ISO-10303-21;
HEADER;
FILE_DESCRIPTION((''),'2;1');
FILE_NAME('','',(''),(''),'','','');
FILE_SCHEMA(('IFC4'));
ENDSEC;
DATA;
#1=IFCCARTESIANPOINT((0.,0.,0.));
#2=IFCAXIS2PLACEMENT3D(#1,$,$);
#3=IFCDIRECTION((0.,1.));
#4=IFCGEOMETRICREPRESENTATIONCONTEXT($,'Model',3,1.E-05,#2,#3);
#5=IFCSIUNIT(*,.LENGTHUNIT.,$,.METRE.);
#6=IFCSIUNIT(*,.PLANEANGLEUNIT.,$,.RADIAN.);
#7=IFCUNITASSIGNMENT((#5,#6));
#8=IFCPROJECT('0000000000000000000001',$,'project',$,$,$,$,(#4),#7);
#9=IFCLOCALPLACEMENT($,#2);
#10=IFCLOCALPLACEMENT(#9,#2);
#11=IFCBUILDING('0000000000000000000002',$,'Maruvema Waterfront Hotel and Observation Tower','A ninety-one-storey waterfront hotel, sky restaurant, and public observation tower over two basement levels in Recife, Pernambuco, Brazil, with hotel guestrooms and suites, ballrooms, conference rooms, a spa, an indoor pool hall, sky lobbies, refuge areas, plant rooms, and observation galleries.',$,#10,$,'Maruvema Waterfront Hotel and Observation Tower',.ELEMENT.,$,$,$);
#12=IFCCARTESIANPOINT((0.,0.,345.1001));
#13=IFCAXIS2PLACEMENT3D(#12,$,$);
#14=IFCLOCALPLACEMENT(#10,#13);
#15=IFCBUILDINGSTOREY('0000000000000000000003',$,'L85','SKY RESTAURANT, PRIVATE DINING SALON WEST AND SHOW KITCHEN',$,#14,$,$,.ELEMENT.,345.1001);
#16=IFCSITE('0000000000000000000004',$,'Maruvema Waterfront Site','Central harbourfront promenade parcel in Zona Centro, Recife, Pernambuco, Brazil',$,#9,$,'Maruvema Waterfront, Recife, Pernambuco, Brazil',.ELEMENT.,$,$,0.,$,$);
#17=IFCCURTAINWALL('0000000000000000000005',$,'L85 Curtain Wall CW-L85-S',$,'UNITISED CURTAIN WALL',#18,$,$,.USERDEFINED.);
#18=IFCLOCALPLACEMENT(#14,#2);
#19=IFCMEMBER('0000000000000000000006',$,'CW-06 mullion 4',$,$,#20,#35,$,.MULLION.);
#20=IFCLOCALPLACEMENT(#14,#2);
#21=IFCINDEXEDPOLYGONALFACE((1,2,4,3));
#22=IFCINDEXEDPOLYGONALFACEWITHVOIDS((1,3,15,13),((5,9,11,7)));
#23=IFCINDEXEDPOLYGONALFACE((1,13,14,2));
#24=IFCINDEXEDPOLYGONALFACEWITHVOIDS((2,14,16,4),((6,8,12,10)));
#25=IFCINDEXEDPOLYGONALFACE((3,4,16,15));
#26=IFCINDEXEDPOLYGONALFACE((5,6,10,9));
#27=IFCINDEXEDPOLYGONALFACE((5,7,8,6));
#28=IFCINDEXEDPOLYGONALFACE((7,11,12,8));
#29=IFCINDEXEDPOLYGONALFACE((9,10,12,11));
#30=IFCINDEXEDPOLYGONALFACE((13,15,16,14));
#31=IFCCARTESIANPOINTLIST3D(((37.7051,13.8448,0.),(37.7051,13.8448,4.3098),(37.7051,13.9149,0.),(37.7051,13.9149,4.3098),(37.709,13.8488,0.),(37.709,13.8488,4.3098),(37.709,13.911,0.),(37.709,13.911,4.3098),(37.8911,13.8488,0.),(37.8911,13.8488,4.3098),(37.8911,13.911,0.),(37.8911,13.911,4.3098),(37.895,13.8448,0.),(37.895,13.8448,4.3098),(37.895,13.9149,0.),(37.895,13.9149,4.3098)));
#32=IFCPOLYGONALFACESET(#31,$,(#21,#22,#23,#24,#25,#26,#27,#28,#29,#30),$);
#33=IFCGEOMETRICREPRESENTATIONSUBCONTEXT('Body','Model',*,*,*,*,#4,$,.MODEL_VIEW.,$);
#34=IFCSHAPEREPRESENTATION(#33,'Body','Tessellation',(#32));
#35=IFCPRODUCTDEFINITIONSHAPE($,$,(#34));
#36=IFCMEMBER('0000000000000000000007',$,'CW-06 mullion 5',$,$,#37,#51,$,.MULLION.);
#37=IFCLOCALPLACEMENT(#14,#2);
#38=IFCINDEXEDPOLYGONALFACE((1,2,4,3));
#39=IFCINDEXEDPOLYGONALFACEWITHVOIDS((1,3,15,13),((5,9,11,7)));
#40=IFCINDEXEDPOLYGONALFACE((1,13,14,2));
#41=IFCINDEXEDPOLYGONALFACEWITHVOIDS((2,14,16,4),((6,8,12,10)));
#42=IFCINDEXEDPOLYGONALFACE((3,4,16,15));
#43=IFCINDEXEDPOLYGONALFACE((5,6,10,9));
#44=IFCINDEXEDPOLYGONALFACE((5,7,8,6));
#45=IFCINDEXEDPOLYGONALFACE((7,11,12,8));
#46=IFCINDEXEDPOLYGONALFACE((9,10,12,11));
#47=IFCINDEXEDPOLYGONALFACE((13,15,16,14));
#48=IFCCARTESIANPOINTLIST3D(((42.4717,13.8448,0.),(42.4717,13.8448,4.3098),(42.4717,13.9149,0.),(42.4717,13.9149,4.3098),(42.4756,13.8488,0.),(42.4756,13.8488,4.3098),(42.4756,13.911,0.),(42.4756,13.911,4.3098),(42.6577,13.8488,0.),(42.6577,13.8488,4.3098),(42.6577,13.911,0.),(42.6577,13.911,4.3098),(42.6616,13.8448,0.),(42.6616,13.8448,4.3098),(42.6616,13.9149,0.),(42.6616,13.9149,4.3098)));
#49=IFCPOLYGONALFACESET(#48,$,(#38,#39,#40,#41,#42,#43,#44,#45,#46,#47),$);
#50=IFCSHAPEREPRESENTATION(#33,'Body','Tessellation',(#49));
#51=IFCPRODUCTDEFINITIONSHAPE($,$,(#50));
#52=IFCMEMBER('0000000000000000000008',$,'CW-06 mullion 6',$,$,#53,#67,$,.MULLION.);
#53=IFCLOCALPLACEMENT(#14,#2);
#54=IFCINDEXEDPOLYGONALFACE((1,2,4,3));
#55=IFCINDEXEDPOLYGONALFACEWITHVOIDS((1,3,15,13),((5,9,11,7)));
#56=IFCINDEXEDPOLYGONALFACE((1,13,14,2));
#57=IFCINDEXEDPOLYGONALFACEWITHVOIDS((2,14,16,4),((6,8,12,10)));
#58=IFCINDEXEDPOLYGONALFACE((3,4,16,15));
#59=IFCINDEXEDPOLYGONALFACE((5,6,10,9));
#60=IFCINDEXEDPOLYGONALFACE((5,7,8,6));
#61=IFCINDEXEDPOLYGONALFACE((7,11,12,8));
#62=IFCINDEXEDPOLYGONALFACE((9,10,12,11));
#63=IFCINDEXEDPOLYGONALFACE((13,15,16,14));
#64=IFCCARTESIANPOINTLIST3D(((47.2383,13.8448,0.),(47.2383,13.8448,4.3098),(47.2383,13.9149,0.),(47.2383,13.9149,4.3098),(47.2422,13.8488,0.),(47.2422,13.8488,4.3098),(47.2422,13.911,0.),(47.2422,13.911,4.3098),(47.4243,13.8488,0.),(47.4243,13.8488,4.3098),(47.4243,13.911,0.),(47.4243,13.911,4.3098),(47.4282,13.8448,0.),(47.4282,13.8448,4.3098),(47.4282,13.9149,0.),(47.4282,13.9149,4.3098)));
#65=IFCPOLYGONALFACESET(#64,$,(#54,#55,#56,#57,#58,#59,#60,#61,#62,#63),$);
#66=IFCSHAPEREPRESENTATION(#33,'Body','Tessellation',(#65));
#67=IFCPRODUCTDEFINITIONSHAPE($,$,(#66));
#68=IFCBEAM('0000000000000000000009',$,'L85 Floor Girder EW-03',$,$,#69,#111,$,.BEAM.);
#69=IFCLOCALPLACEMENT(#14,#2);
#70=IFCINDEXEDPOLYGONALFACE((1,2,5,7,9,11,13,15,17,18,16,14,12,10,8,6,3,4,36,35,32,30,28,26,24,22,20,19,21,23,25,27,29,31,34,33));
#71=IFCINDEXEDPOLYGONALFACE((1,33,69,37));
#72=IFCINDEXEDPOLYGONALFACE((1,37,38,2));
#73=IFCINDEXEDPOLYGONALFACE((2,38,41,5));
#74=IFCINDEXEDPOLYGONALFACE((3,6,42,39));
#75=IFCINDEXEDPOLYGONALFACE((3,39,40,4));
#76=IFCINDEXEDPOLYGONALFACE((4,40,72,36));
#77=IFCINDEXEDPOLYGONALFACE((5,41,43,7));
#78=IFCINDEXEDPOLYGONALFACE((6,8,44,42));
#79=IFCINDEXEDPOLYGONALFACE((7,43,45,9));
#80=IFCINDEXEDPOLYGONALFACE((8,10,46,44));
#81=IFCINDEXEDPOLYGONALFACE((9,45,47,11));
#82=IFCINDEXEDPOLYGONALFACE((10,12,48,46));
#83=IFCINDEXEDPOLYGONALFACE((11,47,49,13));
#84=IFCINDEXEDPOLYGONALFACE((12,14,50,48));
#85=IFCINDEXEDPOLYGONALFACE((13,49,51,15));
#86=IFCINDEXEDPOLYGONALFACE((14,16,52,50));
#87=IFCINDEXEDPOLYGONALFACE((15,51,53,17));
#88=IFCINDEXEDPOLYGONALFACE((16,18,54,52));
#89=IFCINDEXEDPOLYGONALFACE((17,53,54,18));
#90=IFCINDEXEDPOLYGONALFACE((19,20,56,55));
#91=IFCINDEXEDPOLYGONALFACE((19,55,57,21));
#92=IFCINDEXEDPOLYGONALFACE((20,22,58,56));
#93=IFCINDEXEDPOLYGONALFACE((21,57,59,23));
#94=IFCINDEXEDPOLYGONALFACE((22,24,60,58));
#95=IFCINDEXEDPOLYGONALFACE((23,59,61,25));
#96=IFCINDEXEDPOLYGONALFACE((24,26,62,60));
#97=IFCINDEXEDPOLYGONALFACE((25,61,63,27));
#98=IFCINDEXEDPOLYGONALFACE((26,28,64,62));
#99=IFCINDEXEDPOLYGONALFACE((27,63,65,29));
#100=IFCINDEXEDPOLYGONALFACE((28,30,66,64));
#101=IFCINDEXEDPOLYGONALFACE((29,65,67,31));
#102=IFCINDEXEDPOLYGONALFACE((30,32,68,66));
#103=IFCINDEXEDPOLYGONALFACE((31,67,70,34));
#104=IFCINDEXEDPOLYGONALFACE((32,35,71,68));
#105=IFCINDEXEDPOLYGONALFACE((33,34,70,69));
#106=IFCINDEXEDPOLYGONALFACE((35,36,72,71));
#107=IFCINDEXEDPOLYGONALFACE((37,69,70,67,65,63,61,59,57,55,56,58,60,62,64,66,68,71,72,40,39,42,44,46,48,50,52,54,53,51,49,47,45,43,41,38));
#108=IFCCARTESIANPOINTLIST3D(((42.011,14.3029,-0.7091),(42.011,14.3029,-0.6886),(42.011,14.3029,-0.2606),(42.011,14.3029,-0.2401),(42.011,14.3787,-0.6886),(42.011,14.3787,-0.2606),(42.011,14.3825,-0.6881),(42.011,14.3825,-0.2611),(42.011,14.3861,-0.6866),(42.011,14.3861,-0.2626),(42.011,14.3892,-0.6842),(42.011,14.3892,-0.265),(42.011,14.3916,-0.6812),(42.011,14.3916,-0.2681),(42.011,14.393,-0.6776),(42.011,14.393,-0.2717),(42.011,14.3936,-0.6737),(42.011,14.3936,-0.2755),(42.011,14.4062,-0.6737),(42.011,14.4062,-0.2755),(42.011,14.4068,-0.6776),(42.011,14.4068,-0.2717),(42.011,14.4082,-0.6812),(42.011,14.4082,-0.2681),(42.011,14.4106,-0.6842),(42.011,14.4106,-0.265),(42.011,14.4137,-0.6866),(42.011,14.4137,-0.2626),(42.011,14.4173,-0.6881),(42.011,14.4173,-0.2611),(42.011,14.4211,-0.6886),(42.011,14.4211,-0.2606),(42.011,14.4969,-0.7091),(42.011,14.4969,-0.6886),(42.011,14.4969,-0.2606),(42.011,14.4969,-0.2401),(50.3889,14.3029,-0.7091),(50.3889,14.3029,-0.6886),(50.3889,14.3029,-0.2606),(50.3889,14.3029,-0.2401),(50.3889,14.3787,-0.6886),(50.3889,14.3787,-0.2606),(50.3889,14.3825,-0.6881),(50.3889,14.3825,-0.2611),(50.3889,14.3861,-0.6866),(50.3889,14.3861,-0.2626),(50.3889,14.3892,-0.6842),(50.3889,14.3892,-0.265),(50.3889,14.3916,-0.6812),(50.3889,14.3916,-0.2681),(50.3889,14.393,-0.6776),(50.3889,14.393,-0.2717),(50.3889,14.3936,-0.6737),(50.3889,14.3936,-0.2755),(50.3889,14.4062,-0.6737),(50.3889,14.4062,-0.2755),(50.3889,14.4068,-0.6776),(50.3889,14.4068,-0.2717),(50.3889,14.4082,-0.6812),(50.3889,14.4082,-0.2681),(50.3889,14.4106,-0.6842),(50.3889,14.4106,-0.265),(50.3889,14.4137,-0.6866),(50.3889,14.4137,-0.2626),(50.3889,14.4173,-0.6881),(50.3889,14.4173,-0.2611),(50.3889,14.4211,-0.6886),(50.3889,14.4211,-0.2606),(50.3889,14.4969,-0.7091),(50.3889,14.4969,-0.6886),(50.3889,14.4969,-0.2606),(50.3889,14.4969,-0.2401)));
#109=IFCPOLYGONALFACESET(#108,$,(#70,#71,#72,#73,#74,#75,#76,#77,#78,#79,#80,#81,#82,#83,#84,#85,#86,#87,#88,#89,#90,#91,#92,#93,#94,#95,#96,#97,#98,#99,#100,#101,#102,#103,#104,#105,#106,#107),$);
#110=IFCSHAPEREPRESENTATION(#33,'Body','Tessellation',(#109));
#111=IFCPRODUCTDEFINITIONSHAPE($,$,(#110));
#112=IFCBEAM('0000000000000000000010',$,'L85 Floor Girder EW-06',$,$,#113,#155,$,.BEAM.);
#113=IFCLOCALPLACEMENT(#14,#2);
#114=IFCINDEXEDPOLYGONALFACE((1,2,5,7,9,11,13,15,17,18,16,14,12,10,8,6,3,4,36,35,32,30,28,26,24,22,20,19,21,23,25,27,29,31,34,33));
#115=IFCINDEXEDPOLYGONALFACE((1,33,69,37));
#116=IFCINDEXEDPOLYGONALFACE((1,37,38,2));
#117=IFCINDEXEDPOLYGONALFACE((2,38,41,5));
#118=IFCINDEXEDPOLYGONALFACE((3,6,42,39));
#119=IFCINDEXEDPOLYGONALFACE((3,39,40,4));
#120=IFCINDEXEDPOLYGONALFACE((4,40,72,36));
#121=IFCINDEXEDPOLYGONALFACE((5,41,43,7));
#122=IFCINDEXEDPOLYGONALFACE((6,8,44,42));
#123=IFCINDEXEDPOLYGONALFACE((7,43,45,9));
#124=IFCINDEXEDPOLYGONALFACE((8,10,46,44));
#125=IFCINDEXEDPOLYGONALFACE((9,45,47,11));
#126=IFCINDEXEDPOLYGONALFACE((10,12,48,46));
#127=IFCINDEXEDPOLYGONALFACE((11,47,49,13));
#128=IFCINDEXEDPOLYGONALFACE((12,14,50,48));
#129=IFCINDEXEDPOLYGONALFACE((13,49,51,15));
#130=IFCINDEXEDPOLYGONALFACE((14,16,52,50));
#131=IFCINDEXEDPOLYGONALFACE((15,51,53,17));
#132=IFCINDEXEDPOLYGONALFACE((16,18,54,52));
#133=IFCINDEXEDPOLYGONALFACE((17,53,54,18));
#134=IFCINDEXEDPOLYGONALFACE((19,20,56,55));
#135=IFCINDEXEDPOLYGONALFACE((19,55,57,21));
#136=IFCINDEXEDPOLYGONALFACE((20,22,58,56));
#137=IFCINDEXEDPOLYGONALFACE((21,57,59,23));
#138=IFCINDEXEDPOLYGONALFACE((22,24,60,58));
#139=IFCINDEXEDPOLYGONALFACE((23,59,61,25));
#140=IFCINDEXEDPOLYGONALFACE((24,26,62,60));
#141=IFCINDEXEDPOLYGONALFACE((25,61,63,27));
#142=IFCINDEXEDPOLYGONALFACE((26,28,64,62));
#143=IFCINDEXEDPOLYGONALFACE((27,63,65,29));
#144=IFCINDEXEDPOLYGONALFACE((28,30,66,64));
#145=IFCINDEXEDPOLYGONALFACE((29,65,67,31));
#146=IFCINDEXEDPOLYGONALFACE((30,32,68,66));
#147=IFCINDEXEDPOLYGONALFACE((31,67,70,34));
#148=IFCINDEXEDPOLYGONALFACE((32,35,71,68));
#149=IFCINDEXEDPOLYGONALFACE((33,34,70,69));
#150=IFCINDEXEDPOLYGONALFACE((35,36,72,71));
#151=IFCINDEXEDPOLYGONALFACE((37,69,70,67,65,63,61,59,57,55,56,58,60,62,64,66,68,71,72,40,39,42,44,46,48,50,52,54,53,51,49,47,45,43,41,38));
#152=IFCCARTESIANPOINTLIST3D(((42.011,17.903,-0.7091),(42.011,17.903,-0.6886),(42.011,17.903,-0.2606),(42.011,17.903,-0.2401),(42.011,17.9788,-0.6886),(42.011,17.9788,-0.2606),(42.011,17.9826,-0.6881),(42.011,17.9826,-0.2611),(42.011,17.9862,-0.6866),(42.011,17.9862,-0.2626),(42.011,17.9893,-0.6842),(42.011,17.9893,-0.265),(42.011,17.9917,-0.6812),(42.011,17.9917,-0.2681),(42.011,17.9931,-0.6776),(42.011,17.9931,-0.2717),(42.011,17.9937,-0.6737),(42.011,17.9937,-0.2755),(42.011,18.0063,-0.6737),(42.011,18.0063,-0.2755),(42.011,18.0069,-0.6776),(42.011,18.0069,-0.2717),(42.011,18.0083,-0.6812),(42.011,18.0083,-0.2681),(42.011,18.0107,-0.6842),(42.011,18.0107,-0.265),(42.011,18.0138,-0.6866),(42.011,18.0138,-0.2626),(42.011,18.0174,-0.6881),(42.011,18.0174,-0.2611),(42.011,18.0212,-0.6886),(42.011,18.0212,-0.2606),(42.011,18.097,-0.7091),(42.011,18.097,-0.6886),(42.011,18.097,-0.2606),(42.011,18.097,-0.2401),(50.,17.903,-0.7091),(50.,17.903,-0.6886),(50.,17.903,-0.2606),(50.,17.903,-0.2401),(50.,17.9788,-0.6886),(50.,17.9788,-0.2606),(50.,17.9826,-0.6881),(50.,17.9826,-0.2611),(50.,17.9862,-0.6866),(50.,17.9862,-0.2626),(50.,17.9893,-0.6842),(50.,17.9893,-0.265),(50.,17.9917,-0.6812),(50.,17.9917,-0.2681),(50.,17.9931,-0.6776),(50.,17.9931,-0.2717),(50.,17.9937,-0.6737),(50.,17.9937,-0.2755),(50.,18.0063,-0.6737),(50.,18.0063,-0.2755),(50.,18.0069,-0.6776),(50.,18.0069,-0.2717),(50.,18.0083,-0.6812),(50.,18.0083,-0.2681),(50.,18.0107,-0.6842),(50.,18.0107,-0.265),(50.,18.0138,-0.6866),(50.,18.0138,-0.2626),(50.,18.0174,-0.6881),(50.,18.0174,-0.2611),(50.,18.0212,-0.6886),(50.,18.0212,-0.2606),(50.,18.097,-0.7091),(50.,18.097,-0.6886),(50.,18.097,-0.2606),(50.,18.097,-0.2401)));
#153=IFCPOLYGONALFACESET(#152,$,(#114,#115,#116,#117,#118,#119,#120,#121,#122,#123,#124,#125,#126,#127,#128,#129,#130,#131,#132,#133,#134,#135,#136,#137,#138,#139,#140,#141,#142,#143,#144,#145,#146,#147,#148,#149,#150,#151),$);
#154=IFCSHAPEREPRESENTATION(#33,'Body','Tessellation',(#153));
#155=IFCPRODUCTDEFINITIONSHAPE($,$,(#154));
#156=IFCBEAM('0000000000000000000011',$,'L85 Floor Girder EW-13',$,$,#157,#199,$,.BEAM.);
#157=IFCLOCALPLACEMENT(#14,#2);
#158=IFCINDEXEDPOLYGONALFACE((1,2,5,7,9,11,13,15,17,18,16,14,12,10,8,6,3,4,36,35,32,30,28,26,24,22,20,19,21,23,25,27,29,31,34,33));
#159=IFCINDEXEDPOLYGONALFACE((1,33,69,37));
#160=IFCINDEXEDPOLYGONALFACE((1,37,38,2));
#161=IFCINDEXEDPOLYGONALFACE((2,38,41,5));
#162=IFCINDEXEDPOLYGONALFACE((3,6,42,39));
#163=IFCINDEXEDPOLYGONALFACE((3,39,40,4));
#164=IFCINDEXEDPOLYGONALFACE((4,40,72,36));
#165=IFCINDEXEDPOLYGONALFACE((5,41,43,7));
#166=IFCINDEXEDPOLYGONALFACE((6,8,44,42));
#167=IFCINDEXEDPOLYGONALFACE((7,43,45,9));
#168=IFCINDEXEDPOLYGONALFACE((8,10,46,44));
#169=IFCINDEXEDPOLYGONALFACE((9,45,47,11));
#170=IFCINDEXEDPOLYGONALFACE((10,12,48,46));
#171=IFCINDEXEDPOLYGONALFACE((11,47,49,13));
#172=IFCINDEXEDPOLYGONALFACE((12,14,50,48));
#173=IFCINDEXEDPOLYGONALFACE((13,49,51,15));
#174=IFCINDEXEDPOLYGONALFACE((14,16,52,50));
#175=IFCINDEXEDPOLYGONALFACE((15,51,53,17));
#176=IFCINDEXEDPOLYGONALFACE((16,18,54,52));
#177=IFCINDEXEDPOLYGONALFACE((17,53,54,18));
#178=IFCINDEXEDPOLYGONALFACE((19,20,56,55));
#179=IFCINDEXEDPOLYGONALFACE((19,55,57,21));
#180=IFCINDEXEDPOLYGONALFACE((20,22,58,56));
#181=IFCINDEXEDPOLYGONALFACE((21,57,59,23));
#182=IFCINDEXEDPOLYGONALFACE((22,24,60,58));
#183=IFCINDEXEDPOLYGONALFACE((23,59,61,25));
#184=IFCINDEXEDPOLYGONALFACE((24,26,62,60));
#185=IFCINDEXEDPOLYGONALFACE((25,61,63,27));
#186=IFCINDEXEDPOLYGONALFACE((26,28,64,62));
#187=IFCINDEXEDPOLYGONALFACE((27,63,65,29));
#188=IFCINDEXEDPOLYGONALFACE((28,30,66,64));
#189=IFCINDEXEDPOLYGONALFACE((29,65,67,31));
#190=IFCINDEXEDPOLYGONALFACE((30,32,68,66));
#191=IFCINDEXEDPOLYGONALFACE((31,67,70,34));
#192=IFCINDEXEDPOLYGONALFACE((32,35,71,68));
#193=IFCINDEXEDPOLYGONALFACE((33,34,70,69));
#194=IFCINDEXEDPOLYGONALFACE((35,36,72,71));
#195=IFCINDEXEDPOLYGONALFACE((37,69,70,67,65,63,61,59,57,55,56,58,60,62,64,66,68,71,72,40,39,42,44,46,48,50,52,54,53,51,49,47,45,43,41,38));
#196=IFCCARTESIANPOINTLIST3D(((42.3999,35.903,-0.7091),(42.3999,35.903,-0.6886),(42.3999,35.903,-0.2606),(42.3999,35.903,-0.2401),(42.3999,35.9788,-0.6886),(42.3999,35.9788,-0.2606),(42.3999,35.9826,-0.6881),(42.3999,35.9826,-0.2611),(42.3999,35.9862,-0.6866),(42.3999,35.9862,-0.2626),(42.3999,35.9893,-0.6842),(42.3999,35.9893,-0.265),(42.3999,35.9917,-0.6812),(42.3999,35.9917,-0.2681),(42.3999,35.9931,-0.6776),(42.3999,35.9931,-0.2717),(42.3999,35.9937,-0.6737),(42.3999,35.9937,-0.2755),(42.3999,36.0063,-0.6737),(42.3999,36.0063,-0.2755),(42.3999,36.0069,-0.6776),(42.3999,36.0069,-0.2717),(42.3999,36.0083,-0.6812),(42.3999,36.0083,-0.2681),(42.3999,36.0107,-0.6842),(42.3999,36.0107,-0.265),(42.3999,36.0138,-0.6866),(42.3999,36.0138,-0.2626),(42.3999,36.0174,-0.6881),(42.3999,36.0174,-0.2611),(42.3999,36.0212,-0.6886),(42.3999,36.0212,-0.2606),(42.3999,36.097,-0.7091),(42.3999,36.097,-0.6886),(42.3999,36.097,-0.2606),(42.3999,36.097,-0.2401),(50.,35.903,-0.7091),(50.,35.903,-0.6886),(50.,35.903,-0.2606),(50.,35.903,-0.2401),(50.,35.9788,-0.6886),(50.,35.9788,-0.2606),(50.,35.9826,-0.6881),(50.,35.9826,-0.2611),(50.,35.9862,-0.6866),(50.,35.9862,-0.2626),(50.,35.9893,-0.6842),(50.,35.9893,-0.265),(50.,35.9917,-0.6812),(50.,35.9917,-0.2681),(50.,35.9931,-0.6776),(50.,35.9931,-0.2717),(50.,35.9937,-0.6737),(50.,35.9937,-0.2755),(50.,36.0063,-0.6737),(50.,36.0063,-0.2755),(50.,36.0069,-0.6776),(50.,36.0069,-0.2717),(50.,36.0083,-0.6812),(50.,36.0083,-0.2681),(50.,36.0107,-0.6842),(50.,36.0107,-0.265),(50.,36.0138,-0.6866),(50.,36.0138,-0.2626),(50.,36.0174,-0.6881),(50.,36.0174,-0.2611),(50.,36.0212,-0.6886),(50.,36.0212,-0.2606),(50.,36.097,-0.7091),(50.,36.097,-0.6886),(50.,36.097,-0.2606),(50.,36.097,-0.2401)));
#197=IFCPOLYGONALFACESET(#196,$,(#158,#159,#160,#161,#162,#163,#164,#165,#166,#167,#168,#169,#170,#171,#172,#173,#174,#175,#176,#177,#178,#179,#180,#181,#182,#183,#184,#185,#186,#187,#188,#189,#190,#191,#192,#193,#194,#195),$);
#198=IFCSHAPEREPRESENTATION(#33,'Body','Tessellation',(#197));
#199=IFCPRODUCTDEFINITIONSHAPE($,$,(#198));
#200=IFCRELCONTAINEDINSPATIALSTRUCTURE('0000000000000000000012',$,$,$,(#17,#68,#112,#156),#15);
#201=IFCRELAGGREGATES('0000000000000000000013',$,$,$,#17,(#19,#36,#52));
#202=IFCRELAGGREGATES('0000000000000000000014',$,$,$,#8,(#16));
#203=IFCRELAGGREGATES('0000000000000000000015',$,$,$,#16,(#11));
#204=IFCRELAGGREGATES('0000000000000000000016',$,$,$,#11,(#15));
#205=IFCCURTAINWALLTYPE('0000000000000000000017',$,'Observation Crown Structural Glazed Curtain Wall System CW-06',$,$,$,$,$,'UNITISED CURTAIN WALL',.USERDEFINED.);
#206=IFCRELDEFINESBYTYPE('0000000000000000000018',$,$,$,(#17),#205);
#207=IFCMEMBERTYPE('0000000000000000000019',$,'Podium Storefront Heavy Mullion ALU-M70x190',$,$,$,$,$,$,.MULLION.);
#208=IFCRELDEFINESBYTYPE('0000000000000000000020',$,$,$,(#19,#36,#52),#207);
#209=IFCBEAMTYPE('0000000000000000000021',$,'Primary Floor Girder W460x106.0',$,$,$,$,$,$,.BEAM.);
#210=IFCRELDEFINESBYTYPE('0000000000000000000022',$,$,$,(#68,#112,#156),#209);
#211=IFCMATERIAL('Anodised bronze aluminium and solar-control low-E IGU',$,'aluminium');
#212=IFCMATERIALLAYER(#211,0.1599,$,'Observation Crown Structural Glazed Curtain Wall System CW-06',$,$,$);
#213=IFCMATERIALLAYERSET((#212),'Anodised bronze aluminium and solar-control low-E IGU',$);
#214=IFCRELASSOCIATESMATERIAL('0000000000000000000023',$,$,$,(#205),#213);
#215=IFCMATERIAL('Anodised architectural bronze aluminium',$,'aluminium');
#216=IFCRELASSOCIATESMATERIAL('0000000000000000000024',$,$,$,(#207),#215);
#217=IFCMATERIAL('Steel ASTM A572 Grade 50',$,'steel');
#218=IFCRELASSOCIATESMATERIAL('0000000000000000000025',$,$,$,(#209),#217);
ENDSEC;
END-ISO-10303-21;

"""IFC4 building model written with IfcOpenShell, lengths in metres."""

from ifc_helpers import new_model, si_unit, direction, frame, origin, origin_2d, place, context, subcontext, project, spatial, hollow_rectangle, i_section, extrude, material, layer, layer_set, material_profile, profile_set, type_object, element, aggregate, save


model = new_model("IFC4")

# Units and contexts
model_context = context("Model", 3, precision=1e-05, world=origin(), true_north=direction((0.0, 1.0)))
body_context = subcontext(model_context, "Body", "Model", "MODEL_VIEW")
ifc_project = project(units=[si_unit("LENGTHUNIT", "METRE"), si_unit("PLANEANGLEUNIT", "RADIAN")], contexts=[model_context])

# Site, building, storey
site_placement = place(None, origin())
site = spatial("IfcSite", under=ifc_project, at=site_placement, Name="Maruvema Waterfront Site", Description="Central harbourfront promenade parcel in Zona Centro, Recife, Pernambuco, Brazil", LongName="Maruvema Waterfront, Recife, Pernambuco, Brazil", CompositionType="ELEMENT", RefElevation=0.0)
building_placement = place(site_placement, origin())
building = spatial("IfcBuilding", under=site, at=building_placement, Name="Maruvema Waterfront Hotel and Observation Tower", Description="A ninety-one-storey waterfront hotel, sky restaurant, and public observation tower over two basement levels in Recife, Pernambuco, Brazil, with hotel guestrooms and suites, ballrooms, conference rooms, a spa, an indoor pool hall, sky lobbies, refuge areas, plant rooms, and observation galleries.", LongName="Maruvema Waterfront Hotel and Observation Tower", CompositionType="ELEMENT")
storey_placement = place(building_placement, frame((0.0, 0.0, 345.1001)))
storey = spatial("IfcBuildingStorey", under=building, at=storey_placement, Name="L85", Description="SKY RESTAURANT, PRIVATE DINING SALON WEST AND SHOW KITCHEN", CompositionType="ELEMENT", Elevation=345.1001)

# Curtain wall, members
ifc_material_1 = material(Name="Anodised bronze aluminium and solar-control low-E IGU", Category="aluminium")
ifc_layer_1 = layer(ifc_material_1, 0.1599, Name="Observation Crown Structural Glazed Curtain Wall System CW-06")
ifc_layer_set_1 = layer_set([ifc_layer_1], Name="Anodised bronze aluminium and solar-control low-E IGU")
curtain_wall_type = type_object("IfcCurtainWallType", Name="Observation Crown Structural Glazed Curtain Wall System CW-06", ElementType="UNITISED CURTAIN WALL", PredefinedType="USERDEFINED", material=ifc_layer_set_1)
curtain_wall_placement = place(storey_placement, origin())
curtain_wall = element("IfcCurtainWall", 1, at=curtain_wall_placement, inside=storey, type_object=curtain_wall_type, Name="L85 Curtain Wall CW-L85-S", ObjectType="UNITISED CURTAIN WALL", PredefinedType="USERDEFINED")
ifc_material_2 = material(Name="Anodised architectural bronze aluminium", Category="aluminium")
ifc_material_profile_1 = material_profile(ifc_material_2, hollow_rectangle(XDim=0.0701, YDim=0.1899, WallThickness=0.0039, at=origin_2d()), Name="ALU-M70x190")
ifc_profile_set_1 = profile_set([ifc_material_profile_1], Name="Anodised architectural bronze aluminium")
member_type_1 = type_object("IfcMemberType", Name="Podium Storefront Heavy Mullion ALU-M70x190", PredefinedType="MULLION", material=ifc_profile_set_1)
member_1_placement = place(storey_placement, frame((37.8, 13.8799, 0.0), z_axis=(0.0, 0.0, 1.0), x_axis=(0.0, 1.0, 0.0)))
member_1 = element("IfcMember", 2, at=member_1_placement, type_object=member_type_1, Name="CW-06 mullion 4", PredefinedType="MULLION", context=body_context, shape_type="SweptSolid", body=[
    extrude(hollow_rectangle(XDim=0.0701, YDim=0.1899, WallThickness=0.0039, at=origin_2d()), origin(), (0.0, 0.0, 1.0), 4.3098),
])
member_2_placement = place(storey_placement, frame((42.5667, 13.8799, 0.0), z_axis=(0.0, 0.0, 1.0), x_axis=(0.0, 1.0, 0.0)))
member_2 = element("IfcMember", 3, at=member_2_placement, type_object=member_type_1, Name="CW-06 mullion 5", PredefinedType="MULLION", context=body_context, shape_type="SweptSolid", body=[
    extrude(hollow_rectangle(XDim=0.0701, YDim=0.1899, WallThickness=0.0039, at=origin_2d()), origin(), (0.0, 0.0, 1.0), 4.3098),
])
member_3_placement = place(storey_placement, frame((47.3333, 13.8799, 0.0), z_axis=(0.0, 0.0, 1.0), x_axis=(0.0, 1.0, 0.0)))
member_3 = element("IfcMember", 4, at=member_3_placement, type_object=member_type_1, Name="CW-06 mullion 6", PredefinedType="MULLION", context=body_context, shape_type="SweptSolid", body=[
    extrude(hollow_rectangle(XDim=0.0701, YDim=0.1899, WallThickness=0.0039, at=origin_2d()), origin(), (0.0, 0.0, 1.0), 4.3098),
])

# Beams
ifc_material_3 = material(Name="Steel ASTM A572 Grade 50", Category="steel")
ifc_material_profile_2 = material_profile(ifc_material_3, i_section(OverallWidth=0.1941, OverallDepth=0.469, WebThickness=0.0127, FlangeThickness=0.0205, FilletRadius=0.0149, at=origin_2d()), Name="W460x106.0")
ifc_profile_set_2 = profile_set([ifc_material_profile_2], Name="Steel ASTM A572 Grade 50")
beam_type_1 = type_object("IfcBeamType", Name="Primary Floor Girder W460x106.0", PredefinedType="BEAM", material=ifc_profile_set_2)
beam_1_placement = place(storey_placement, frame((42.011, 14.3999, -0.4746), z_axis=(1.0, 0.0, 0.0), x_axis=(0.0, 1.0, 0.0)))
element("IfcBeam", 5, at=beam_1_placement, inside=storey, type_object=beam_type_1, Name="L85 Floor Girder EW-03", PredefinedType="BEAM", context=body_context, shape_type="SweptSolid", body=[
    extrude(i_section(OverallWidth=0.1941, OverallDepth=0.469, WebThickness=0.0127, FlangeThickness=0.0205, FilletRadius=0.0149, at=origin_2d()), origin(), (0.0, 0.0, 1.0), 8.3779),
])
beam_2_placement = place(storey_placement, frame((42.011, 18.0, -0.4746), z_axis=(1.0, 0.0, 0.0), x_axis=(0.0, 1.0, 0.0)))
element("IfcBeam", 6, at=beam_2_placement, inside=storey, type_object=beam_type_1, Name="L85 Floor Girder EW-06", PredefinedType="BEAM", context=body_context, shape_type="SweptSolid", body=[
    extrude(i_section(OverallWidth=0.1941, OverallDepth=0.469, WebThickness=0.0127, FlangeThickness=0.0205, FilletRadius=0.0149, at=origin_2d()), origin(), (0.0, 0.0, 1.0), 7.989),
])
beam_3_placement = place(storey_placement, frame((42.3999, 36.0, -0.4746), z_axis=(1.0, 0.0, 0.0), x_axis=(0.0, 1.0, 0.0)))
element("IfcBeam", 7, at=beam_3_placement, inside=storey, type_object=beam_type_1, Name="L85 Floor Girder EW-13", PredefinedType="BEAM", context=body_context, shape_type="SweptSolid", body=[
    extrude(i_section(OverallWidth=0.1941, OverallDepth=0.469, WebThickness=0.0127, FlangeThickness=0.0205, FilletRadius=0.0149, at=origin_2d()), origin(), (0.0, 0.0, 1.0), 7.6001),
])

aggregate(curtain_wall, [member_1, member_2, member_3])

save(model, "model.ifc")
